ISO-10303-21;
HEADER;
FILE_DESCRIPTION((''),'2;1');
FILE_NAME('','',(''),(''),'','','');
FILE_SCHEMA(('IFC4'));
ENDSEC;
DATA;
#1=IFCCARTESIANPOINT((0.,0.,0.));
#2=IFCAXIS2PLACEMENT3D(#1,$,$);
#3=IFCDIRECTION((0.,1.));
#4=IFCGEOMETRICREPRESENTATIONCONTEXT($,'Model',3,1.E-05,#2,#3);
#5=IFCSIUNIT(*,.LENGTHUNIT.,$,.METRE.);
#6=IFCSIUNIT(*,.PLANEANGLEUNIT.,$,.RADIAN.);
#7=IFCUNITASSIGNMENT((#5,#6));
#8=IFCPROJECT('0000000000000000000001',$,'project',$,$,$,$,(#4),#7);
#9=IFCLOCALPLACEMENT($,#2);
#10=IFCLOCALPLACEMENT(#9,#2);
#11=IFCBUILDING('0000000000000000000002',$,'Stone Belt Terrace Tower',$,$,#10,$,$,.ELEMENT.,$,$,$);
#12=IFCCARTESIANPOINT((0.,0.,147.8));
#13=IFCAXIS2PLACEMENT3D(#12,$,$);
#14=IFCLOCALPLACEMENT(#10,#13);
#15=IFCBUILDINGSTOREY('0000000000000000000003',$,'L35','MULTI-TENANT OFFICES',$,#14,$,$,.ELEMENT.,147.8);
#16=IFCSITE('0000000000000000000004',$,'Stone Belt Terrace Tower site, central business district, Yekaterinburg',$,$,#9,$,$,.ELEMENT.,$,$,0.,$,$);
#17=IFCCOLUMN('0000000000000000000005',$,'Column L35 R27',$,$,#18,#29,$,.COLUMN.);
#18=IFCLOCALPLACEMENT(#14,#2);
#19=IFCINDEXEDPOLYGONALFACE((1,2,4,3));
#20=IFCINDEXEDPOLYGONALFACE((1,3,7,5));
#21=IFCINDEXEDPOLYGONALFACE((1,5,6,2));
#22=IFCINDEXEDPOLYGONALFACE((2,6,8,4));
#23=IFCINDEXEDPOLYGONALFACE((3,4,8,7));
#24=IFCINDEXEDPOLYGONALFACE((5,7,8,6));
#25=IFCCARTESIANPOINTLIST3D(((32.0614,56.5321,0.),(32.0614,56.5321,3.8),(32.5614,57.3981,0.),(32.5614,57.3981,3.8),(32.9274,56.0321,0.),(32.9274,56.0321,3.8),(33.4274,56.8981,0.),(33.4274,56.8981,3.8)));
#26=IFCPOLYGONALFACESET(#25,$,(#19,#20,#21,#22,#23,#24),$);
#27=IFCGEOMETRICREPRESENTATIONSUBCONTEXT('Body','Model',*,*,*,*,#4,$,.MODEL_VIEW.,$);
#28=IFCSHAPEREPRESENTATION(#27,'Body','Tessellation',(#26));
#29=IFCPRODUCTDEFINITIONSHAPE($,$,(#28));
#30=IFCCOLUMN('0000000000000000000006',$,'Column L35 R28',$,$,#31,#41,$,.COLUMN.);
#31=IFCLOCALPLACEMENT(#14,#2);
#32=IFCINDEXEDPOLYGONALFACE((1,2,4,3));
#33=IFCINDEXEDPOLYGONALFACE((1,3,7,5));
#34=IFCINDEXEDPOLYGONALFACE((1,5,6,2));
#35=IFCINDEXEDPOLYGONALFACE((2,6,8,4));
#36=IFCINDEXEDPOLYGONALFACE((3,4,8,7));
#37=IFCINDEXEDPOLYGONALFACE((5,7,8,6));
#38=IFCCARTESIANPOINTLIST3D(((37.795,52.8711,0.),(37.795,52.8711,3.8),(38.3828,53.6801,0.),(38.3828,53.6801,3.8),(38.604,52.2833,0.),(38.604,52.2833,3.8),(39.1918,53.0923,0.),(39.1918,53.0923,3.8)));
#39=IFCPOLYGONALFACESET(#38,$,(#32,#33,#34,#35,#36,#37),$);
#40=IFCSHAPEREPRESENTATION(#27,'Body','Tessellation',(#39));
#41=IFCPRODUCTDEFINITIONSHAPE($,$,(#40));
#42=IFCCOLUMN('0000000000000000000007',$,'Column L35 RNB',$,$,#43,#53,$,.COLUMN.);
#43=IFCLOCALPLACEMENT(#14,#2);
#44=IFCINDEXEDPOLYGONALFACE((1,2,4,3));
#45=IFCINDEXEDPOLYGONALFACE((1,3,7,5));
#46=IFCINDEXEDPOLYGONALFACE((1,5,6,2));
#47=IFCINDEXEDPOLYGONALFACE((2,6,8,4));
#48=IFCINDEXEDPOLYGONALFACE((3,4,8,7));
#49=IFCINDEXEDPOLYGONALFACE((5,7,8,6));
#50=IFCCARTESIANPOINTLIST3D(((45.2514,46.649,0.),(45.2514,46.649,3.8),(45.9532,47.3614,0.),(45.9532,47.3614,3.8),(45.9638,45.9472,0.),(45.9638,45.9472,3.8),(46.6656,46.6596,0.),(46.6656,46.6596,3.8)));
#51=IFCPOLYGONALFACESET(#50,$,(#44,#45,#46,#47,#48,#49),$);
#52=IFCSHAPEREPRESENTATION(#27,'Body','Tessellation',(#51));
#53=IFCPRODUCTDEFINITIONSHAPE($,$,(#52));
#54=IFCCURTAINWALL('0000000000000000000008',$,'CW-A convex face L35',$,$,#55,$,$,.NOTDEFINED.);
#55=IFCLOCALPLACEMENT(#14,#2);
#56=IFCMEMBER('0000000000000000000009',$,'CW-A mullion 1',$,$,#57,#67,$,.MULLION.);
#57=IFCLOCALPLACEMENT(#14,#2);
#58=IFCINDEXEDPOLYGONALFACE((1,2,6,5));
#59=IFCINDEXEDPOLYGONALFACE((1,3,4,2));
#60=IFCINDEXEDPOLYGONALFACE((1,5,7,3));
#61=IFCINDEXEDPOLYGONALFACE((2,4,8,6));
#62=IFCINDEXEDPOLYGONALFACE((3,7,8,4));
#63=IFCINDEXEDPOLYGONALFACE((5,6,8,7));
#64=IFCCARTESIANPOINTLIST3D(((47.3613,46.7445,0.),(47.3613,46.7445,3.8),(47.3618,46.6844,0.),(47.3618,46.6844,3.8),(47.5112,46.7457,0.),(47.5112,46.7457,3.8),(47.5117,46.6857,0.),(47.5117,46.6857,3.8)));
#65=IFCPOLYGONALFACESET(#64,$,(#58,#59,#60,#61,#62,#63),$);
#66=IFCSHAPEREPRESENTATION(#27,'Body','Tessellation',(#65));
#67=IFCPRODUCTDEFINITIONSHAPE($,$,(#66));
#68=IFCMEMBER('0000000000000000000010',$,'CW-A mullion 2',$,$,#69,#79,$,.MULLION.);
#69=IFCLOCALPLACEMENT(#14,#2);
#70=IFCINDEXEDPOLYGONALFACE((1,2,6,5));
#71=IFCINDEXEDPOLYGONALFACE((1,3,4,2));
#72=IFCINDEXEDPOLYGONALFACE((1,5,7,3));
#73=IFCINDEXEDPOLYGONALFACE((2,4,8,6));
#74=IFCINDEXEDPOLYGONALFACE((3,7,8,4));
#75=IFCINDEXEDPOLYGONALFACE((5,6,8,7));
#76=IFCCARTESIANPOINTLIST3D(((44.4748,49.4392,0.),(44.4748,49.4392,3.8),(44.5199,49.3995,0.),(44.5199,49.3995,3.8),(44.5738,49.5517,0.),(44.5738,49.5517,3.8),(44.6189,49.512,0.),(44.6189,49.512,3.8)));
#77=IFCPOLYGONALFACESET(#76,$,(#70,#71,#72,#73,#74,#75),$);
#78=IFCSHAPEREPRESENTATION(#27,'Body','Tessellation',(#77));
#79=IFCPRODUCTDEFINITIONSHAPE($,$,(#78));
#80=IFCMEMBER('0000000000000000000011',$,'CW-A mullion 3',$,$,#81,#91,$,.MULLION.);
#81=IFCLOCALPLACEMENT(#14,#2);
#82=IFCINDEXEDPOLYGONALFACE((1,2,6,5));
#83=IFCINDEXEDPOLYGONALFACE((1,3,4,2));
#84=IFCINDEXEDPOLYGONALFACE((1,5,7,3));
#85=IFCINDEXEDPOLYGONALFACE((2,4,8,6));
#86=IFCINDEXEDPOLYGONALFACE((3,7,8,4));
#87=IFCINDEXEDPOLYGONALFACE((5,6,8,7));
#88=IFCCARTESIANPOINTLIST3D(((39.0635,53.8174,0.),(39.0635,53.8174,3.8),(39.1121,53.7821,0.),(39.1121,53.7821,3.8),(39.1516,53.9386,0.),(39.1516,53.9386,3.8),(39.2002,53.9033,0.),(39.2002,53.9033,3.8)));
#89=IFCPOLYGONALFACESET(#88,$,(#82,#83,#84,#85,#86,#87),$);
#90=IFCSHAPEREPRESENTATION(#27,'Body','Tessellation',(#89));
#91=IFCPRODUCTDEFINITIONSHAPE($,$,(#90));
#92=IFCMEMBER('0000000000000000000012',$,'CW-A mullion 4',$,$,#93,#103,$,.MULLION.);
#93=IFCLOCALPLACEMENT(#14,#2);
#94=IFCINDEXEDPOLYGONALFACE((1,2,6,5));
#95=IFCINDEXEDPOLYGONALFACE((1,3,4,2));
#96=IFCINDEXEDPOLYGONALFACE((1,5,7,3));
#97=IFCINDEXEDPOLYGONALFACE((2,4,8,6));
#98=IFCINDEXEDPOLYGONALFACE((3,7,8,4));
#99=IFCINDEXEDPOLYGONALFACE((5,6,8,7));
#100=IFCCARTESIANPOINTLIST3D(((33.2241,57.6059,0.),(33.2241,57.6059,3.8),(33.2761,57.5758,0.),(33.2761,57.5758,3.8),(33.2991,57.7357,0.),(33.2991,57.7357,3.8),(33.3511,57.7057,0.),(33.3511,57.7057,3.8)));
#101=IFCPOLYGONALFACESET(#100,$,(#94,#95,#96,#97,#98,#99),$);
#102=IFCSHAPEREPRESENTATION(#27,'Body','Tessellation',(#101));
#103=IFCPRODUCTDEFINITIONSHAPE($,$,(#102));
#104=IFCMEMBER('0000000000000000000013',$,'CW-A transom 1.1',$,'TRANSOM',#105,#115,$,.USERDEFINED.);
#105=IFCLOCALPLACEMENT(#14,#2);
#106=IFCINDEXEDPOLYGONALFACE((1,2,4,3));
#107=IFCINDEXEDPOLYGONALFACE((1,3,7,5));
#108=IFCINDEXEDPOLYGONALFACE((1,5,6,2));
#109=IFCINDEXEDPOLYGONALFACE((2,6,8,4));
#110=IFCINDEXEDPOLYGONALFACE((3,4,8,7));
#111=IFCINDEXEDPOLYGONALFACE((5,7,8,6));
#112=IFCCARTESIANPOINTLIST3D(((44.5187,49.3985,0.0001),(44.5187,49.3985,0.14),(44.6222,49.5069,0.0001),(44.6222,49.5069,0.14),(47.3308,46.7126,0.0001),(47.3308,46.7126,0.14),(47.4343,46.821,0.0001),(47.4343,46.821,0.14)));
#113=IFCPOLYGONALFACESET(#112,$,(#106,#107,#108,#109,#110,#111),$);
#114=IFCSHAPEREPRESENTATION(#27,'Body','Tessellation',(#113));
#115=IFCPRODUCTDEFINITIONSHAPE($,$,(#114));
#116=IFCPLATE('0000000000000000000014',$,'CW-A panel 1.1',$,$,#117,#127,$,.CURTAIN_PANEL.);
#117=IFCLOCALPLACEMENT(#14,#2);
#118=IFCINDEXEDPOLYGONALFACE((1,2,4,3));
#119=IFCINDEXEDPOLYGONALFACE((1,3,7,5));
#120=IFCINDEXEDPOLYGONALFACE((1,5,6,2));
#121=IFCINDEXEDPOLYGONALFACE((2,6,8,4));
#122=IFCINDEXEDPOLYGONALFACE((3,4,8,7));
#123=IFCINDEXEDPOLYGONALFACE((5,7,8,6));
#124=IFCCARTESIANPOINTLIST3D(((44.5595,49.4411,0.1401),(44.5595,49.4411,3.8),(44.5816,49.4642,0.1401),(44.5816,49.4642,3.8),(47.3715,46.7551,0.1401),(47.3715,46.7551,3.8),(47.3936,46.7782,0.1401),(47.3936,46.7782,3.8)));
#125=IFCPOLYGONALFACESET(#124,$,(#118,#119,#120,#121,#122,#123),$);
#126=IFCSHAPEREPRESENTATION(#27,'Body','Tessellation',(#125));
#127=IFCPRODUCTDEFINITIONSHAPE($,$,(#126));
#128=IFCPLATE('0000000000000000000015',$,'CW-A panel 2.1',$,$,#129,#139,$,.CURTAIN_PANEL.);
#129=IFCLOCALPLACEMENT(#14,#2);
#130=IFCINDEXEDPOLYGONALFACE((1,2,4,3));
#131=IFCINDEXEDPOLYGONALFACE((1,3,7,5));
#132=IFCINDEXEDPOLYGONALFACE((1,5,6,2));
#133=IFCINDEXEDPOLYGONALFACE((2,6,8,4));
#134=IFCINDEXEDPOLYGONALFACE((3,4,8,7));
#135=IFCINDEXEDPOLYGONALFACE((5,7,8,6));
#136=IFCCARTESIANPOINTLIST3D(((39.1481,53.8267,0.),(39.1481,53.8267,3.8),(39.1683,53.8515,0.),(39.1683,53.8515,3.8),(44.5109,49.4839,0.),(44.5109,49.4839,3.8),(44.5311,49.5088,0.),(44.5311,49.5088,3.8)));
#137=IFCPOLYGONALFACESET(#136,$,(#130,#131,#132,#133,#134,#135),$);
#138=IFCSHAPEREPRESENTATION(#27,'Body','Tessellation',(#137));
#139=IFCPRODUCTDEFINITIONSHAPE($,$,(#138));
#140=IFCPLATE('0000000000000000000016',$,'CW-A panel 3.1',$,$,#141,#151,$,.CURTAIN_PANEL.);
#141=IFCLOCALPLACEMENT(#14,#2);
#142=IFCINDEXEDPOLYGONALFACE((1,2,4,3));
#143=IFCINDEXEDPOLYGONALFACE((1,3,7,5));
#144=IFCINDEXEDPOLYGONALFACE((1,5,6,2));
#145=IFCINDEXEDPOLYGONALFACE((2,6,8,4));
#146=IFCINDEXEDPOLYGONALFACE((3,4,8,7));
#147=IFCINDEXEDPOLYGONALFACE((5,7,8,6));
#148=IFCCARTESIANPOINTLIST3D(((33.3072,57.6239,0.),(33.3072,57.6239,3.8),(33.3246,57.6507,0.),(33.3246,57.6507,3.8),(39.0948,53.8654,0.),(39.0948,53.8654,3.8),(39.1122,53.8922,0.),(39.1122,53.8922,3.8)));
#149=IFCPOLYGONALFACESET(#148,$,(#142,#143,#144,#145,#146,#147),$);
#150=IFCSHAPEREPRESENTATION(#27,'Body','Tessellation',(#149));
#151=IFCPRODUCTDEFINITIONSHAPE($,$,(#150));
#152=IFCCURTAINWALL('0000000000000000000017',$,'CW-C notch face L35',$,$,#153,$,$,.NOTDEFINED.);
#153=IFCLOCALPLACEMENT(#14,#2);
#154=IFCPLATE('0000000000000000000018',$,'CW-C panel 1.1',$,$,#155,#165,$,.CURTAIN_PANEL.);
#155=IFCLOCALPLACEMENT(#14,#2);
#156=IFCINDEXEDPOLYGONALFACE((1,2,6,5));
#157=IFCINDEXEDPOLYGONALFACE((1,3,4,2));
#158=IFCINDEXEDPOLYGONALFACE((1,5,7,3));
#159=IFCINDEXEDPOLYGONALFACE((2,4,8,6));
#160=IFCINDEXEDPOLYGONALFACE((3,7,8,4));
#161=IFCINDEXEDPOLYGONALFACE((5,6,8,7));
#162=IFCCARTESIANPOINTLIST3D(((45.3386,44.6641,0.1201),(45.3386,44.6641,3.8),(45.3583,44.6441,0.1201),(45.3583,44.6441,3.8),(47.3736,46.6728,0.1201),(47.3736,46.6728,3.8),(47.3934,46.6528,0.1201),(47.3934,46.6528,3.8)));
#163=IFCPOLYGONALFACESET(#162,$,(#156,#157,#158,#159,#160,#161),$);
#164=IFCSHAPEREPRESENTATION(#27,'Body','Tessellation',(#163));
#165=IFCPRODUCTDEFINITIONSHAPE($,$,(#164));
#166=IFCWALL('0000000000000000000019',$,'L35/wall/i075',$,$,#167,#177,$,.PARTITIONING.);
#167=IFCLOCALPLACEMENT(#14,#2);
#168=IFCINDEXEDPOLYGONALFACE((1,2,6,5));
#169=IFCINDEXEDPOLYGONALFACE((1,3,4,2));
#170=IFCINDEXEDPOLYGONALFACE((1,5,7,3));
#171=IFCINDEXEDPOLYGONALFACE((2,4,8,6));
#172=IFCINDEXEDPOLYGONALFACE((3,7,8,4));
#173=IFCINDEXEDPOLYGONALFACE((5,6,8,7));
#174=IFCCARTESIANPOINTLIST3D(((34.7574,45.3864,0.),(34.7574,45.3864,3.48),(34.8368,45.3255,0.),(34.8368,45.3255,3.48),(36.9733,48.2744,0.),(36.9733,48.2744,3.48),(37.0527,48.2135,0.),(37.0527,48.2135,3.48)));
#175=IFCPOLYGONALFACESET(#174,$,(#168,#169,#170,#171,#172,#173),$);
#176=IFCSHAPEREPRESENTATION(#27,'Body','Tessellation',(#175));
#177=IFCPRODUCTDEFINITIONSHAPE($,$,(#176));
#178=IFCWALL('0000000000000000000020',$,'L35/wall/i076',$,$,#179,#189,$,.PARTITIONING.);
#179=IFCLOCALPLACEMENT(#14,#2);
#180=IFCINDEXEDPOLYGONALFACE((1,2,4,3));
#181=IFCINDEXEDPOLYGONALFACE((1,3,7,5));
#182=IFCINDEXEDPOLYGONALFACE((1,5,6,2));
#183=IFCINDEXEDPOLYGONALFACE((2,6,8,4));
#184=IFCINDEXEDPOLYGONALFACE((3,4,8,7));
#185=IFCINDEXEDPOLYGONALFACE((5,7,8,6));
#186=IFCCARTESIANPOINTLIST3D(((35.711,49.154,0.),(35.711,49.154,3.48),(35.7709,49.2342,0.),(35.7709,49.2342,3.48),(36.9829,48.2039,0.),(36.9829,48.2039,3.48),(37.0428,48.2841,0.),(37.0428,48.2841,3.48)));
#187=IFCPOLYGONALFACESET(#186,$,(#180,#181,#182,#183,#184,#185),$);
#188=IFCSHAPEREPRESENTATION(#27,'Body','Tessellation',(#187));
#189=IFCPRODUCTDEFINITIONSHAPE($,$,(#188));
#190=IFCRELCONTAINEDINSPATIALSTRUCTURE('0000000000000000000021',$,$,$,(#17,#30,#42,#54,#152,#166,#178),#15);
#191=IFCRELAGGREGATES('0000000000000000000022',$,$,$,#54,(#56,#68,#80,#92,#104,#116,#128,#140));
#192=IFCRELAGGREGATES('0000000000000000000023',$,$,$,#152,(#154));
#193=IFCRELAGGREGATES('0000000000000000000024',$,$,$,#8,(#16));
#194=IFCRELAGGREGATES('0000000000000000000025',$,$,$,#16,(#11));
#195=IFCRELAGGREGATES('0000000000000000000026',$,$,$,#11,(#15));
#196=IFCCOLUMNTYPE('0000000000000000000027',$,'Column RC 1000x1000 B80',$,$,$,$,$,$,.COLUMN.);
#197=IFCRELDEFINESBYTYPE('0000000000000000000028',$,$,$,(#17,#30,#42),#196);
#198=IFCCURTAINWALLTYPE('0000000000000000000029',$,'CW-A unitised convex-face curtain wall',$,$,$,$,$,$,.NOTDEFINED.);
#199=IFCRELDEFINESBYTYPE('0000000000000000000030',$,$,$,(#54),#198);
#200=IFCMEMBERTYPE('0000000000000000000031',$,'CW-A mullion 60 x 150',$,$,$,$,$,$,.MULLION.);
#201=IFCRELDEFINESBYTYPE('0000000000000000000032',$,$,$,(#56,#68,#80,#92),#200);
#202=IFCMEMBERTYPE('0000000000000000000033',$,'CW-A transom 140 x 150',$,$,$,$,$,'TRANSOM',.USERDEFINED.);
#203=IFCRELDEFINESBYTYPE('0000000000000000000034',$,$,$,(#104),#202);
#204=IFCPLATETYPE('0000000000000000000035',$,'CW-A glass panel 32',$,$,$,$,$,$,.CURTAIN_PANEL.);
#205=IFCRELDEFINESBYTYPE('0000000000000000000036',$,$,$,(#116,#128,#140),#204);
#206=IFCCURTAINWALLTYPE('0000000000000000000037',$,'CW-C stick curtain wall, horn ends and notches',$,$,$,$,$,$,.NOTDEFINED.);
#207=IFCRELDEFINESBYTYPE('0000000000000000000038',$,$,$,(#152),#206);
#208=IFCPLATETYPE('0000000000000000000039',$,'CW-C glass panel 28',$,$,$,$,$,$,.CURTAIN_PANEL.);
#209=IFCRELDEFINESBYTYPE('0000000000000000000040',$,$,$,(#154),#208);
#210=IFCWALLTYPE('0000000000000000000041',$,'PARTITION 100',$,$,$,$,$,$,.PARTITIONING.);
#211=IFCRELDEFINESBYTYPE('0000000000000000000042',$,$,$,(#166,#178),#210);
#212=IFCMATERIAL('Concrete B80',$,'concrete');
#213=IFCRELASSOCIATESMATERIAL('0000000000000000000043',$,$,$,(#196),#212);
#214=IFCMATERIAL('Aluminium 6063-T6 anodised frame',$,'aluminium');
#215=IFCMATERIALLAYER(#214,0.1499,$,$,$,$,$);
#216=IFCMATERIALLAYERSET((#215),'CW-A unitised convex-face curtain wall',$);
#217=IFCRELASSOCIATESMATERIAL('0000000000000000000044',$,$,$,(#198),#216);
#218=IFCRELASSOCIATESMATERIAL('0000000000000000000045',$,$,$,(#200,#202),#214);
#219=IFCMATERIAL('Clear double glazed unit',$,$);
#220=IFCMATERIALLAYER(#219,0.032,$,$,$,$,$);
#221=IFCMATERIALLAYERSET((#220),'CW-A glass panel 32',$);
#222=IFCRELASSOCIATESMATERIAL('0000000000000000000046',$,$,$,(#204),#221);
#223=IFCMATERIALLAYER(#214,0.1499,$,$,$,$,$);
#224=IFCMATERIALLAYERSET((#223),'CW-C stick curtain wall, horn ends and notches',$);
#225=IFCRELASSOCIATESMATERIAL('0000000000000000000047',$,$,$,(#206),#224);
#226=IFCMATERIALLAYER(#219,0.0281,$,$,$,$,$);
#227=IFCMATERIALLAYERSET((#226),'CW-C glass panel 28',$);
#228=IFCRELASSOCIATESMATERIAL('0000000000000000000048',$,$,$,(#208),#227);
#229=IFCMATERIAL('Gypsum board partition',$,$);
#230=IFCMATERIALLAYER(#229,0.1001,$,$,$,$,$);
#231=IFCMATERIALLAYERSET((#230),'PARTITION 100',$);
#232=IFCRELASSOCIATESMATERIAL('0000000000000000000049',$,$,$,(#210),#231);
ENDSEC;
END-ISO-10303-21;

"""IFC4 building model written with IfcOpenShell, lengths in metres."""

from ifc_helpers import new_model, si_unit, direction, frame, frame_2d, origin, origin_2d, place, context, subcontext, project, spatial, rectangle, extrude, material, layer, layer_set, material_profile, profile_set, type_object, element, aggregate, save


model = new_model("IFC4")

# Units and contexts
model_context = context("Model", 3, precision=1e-05, world=origin(), true_north=direction((0.0, 1.0)))
body_context = subcontext(model_context, "Body", "Model", "MODEL_VIEW")
ifc_project = project(units=[si_unit("LENGTHUNIT", "METRE"), si_unit("PLANEANGLEUNIT", "RADIAN")], contexts=[model_context])

# Site, building, storey
site_placement = place(None, origin())
site = spatial("IfcSite", under=ifc_project, at=site_placement, Name="Stone Belt Terrace Tower site, central business district, Yekaterinburg", CompositionType="ELEMENT", RefElevation=0.0)
building_placement = place(site_placement, origin())
building = spatial("IfcBuilding", under=site, at=building_placement, Name="Stone Belt Terrace Tower", CompositionType="ELEMENT")
storey_placement = place(building_placement, frame((0.0, 0.0, 147.8)))
storey = spatial("IfcBuildingStorey", under=building, at=storey_placement, Name="L35", Description="MULTI-TENANT OFFICES", CompositionType="ELEMENT", Elevation=147.8)

# Columns
ifc_material_1 = material(Name="Concrete B80", Category="concrete")
ifc_material_profile_1 = material_profile(ifc_material_1, rectangle(XDim=1.0, YDim=1.0, at=origin_2d()), Name="RC 1000x1000")
ifc_profile_set_1 = profile_set([ifc_material_profile_1], Name="Concrete B80")
column_type = type_object("IfcColumnType", Name="Column RC 1000x1000 B80", PredefinedType="COLUMN", material=ifc_profile_set_1)
for number, where, z_axis, x_axis, name in (
    (1, (32.7444, 56.7151, 0.0), (0.0, 0.0, 1.0), (0.866025, -0.5, 0.0), "Column L35 R27"),
    (2, (38.4934, 52.9817, 0.0), (0.0, 0.0, 1.0), (0.809017, -0.587785, 0.0), "Column L35 R28"),
    (3, (45.9585, 46.6543, 0.0), (0.0, 0.0, 1.0), (0.712398, -0.701775, 0.0), "Column L35 RNB"),
):
    element("IfcColumn", number, at=place(storey_placement, frame(where, z_axis=z_axis, x_axis=x_axis)), inside=storey, type_object=column_type, Name=name, PredefinedType="COLUMN", context=body_context, shape_type="SweptSolid", body=[
        extrude(rectangle(XDim=1.0, YDim=1.0, at=origin_2d()), origin(), (0.0, 0.0, 1.0), 3.8),
    ])

# Curtain wall, members, plates
ifc_material_2 = material(Name="Aluminium 6063-T6 anodised frame", Category="aluminium")
ifc_layer_1 = layer(ifc_material_2, 0.1499)
ifc_layer_set_1 = layer_set([ifc_layer_1], Name="CW-A unitised convex-face curtain wall")
curtain_wall_type_1 = type_object("IfcCurtainWallType", Name="CW-A unitised convex-face curtain wall", PredefinedType="NOTDEFINED", material=ifc_layer_set_1)
curtain_wall_1_placement = place(storey_placement, origin())
curtain_wall_1 = element("IfcCurtainWall", 4, at=curtain_wall_1_placement, inside=storey, type_object=curtain_wall_type_1, Name="CW-A convex face L35", PredefinedType="NOTDEFINED")
ifc_material_profile_2 = material_profile(ifc_material_2, rectangle(XDim=0.1499, YDim=0.0601, at=origin_2d()), Name="Aluminium 6063-T6 60x150")
ifc_profile_set_2 = profile_set([ifc_material_profile_2], Name="Aluminium 6063-T6 anodised frame")
member_type_1 = type_object("IfcMemberType", Name="CW-A mullion 60 x 150", PredefinedType="MULLION", material=ifc_profile_set_2)
member_1_placement = place(storey_placement, frame((47.4365, 46.7151, 0.0), z_axis=(0.0, 0.0, 1.0), x_axis=(-0.999966, -0.008188, 0.0)))
member_1 = element("IfcMember", 5, at=member_1_placement, type_object=member_type_1, Name="CW-A mullion 1", PredefinedType="MULLION", context=body_context, shape_type="SweptSolid", body=[
    extrude(rectangle(XDim=0.1499, YDim=0.0601, at=origin_2d()), origin(), (0.0, 0.0, 1.0), 3.8),
])
member_2_placement = place(storey_placement, frame((44.5469, 49.4756, 0.0), z_axis=(0.0, 0.0, 1.0), x_axis=(-0.660573, -0.750761, 0.0)))
member_2 = element("IfcMember", 6, at=member_2_placement, type_object=member_type_1, Name="CW-A mullion 2", PredefinedType="MULLION", context=body_context, shape_type="SweptSolid", body=[
    extrude(rectangle(XDim=0.1499, YDim=0.0601, at=origin_2d()), origin(), (0.0, 0.0, 1.0), 3.8),
])
member_3_placement = place(storey_placement, frame((39.1318, 53.8604, 0.0), z_axis=(0.0, 0.0, 1.0), x_axis=(-0.587785, -0.809017, 0.0)))
member_3 = element("IfcMember", 7, at=member_3_placement, type_object=member_type_1, Name="CW-A mullion 3", PredefinedType="MULLION", context=body_context, shape_type="SweptSolid", body=[
    extrude(rectangle(XDim=0.1499, YDim=0.0601, at=origin_2d()), origin(), (0.0, 0.0, 1.0), 3.8),
])
member_4_placement = place(storey_placement, frame((33.2876, 57.6558, 0.0), z_axis=(0.0, 0.0, 1.0), x_axis=(-0.5, -0.866025, 0.0)))
member_4 = element("IfcMember", 8, at=member_4_placement, type_object=member_type_1, Name="CW-A mullion 4", PredefinedType="MULLION", context=body_context, shape_type="SweptSolid", body=[
    extrude(rectangle(XDim=0.1499, YDim=0.0601, at=origin_2d()), origin(), (0.0, 0.0, 1.0), 3.8),
])
ifc_material_profile_3 = material_profile(ifc_material_2, rectangle(XDim=0.1499, YDim=0.1399, at=origin_2d()), Name="Aluminium 6063-T6 150x140")
ifc_profile_set_3 = profile_set([ifc_material_profile_3], Name="Aluminium 6063-T6 anodised frame")
member_type_2 = type_object("IfcMemberType", Name="CW-A transom 140 x 150", ElementType="TRANSOM", PredefinedType="USERDEFINED", material=ifc_profile_set_3)
member_5_placement = place(storey_placement, frame((47.3826, 46.7668, 0.0701), z_axis=(-0.72315, 0.690691, 0.0), x_axis=(-0.690691, -0.72315, 0.0)))
member_5 = element("IfcMember", 9, at=member_5_placement, type_object=member_type_2, Name="CW-A transom 1.1", ObjectType="TRANSOM", PredefinedType="USERDEFINED", context=body_context, shape_type="SweptSolid", body=[
    extrude(rectangle(XDim=0.1499, YDim=0.1399, at=origin_2d()), origin(), (0.0, 0.0, 1.0), 3.8887),
])
ifc_material_3 = material(Name="Clear double glazed unit")
ifc_layer_2 = layer(ifc_material_3, 0.032)
ifc_layer_set_2 = layer_set([ifc_layer_2], Name="CW-A glass panel 32")
plate_type_1 = type_object("IfcPlateType", Name="CW-A glass panel 32", PredefinedType="CURTAIN_PANEL", material=ifc_layer_set_2)
plate_1_placement = place(storey_placement, frame((45.9766, 48.1096, 0.1401), z_axis=(0.0, 0.0, 1.0), x_axis=(-0.723121, 0.690721, 0.0)))
plate_1 = element("IfcPlate", 10, at=plate_1_placement, type_object=plate_type_1, Name="CW-A panel 1.1", PredefinedType="CURTAIN_PANEL", context=body_context, shape_type="SweptSolid", body=[
    extrude(rectangle(XDim=3.8887, YDim=0.032, at=origin_2d()), origin(), (0.0, 0.0, 1.0), 3.6599),
])
plate_2_placement = place(storey_placement, frame((41.8396, 51.6677, 0.0), z_axis=(0.0, 0.0, 1.0), x_axis=(-0.777146, 0.62932, 0.0)))
plate_2 = element("IfcPlate", 11, at=plate_2_placement, type_object=plate_type_1, Name="CW-A panel 2.1", PredefinedType="CURTAIN_PANEL", context=body_context, shape_type="SweptSolid", body=[
    extrude(rectangle(XDim=6.9006, YDim=0.032, at=origin_2d()), origin(), (0.0, 0.0, 1.0), 3.8),
])
plate_3_placement = place(storey_placement, frame((36.2097, 55.7581, 0.0), z_axis=(0.0, 0.0, 1.0), x_axis=(-0.838671, 0.544639, 0.0)))
plate_3 = element("IfcPlate", 12, at=plate_3_placement, type_object=plate_type_1, Name="CW-A panel 3.1", PredefinedType="CURTAIN_PANEL", context=body_context, shape_type="SweptSolid", body=[
    extrude(rectangle(XDim=6.9009, YDim=0.032, at=origin_2d()), origin(), (0.0, 0.0, 1.0), 3.8),
])
aggregate(curtain_wall_1, [member_1, member_2, member_3, member_4, member_5, plate_1, plate_2, plate_3])

# Curtain wall, plate
ifc_layer_3 = layer(ifc_material_2, 0.1499)
ifc_layer_set_3 = layer_set([ifc_layer_3], Name="CW-C stick curtain wall, horn ends and notches")
curtain_wall_type_2 = type_object("IfcCurtainWallType", Name="CW-C stick curtain wall, horn ends and notches", PredefinedType="NOTDEFINED", material=ifc_layer_set_3)
curtain_wall_2_placement = place(storey_placement, origin())
curtain_wall_2 = element("IfcCurtainWall", 13, at=curtain_wall_2_placement, inside=storey, type_object=curtain_wall_type_2, Name="CW-C notch face L35", PredefinedType="NOTDEFINED")
ifc_layer_4 = layer(ifc_material_3, 0.0281)
ifc_layer_set_4 = layer_set([ifc_layer_4], Name="CW-C glass panel 28")
plate_type_2 = type_object("IfcPlateType", Name="CW-C glass panel 28", PredefinedType="CURTAIN_PANEL", material=ifc_layer_set_4)
plate_4_placement = place(storey_placement, frame((46.366, 45.6584, 0.1201), z_axis=(0.0, 0.0, 1.0), x_axis=(0.711713, 0.70247, 0.0)))
plate_4 = element("IfcPlate", 14, at=plate_4_placement, type_object=plate_type_2, Name="CW-C panel 1.1", PredefinedType="CURTAIN_PANEL", context=body_context, shape_type="SweptSolid", body=[
    extrude(rectangle(XDim=2.8594, YDim=0.0281, at=origin_2d()), origin(), (0.0, 0.0, 1.0), 3.6799),
])
aggregate(curtain_wall_2, [plate_4])

# Walls
ifc_material_4 = material(Name="Gypsum board partition")
ifc_layer_5 = layer(ifc_material_4, 0.1001)
ifc_layer_set_5 = layer_set([ifc_layer_5], Name="PARTITION 100")
wall_type_1 = type_object("IfcWallType", Name="PARTITION 100", PredefinedType="PARTITIONING", material=ifc_layer_set_5)
wall_1_placement = place(storey_placement, frame((34.7971, 45.356, 0.0), z_axis=(0.0, 0.0, 1.0), x_axis=(0.608731, 0.793376, 0.0)))
element("IfcWall", 15, at=wall_1_placement, inside=storey, type_object=wall_type_1, Name="L35/wall/i075", PredefinedType="PARTITIONING", context=body_context, shape_type="SweptSolid", body=[
    extrude(rectangle(XDim=3.6401, YDim=0.1001, at=frame_2d((1.8201, 0.0))), origin(), (0.0, 0.0, 1.0), 3.48),
])
wall_2_placement = place(storey_placement, frame((37.0129, 48.2439, 0.0), z_axis=(0.0, 0.0, 1.0), x_axis=(-0.801143, 0.598474, 0.0)))
element("IfcWall", 16, at=wall_2_placement, inside=storey, type_object=wall_type_1, Name="L35/wall/i076", PredefinedType="PARTITIONING", context=body_context, shape_type="SweptSolid", body=[
    extrude(rectangle(XDim=1.5876, YDim=0.1001, at=frame_2d((0.7939, 0.0))), origin(), (0.0, 0.0, 1.0), 3.48),
])

save(model, "model.ifc")
